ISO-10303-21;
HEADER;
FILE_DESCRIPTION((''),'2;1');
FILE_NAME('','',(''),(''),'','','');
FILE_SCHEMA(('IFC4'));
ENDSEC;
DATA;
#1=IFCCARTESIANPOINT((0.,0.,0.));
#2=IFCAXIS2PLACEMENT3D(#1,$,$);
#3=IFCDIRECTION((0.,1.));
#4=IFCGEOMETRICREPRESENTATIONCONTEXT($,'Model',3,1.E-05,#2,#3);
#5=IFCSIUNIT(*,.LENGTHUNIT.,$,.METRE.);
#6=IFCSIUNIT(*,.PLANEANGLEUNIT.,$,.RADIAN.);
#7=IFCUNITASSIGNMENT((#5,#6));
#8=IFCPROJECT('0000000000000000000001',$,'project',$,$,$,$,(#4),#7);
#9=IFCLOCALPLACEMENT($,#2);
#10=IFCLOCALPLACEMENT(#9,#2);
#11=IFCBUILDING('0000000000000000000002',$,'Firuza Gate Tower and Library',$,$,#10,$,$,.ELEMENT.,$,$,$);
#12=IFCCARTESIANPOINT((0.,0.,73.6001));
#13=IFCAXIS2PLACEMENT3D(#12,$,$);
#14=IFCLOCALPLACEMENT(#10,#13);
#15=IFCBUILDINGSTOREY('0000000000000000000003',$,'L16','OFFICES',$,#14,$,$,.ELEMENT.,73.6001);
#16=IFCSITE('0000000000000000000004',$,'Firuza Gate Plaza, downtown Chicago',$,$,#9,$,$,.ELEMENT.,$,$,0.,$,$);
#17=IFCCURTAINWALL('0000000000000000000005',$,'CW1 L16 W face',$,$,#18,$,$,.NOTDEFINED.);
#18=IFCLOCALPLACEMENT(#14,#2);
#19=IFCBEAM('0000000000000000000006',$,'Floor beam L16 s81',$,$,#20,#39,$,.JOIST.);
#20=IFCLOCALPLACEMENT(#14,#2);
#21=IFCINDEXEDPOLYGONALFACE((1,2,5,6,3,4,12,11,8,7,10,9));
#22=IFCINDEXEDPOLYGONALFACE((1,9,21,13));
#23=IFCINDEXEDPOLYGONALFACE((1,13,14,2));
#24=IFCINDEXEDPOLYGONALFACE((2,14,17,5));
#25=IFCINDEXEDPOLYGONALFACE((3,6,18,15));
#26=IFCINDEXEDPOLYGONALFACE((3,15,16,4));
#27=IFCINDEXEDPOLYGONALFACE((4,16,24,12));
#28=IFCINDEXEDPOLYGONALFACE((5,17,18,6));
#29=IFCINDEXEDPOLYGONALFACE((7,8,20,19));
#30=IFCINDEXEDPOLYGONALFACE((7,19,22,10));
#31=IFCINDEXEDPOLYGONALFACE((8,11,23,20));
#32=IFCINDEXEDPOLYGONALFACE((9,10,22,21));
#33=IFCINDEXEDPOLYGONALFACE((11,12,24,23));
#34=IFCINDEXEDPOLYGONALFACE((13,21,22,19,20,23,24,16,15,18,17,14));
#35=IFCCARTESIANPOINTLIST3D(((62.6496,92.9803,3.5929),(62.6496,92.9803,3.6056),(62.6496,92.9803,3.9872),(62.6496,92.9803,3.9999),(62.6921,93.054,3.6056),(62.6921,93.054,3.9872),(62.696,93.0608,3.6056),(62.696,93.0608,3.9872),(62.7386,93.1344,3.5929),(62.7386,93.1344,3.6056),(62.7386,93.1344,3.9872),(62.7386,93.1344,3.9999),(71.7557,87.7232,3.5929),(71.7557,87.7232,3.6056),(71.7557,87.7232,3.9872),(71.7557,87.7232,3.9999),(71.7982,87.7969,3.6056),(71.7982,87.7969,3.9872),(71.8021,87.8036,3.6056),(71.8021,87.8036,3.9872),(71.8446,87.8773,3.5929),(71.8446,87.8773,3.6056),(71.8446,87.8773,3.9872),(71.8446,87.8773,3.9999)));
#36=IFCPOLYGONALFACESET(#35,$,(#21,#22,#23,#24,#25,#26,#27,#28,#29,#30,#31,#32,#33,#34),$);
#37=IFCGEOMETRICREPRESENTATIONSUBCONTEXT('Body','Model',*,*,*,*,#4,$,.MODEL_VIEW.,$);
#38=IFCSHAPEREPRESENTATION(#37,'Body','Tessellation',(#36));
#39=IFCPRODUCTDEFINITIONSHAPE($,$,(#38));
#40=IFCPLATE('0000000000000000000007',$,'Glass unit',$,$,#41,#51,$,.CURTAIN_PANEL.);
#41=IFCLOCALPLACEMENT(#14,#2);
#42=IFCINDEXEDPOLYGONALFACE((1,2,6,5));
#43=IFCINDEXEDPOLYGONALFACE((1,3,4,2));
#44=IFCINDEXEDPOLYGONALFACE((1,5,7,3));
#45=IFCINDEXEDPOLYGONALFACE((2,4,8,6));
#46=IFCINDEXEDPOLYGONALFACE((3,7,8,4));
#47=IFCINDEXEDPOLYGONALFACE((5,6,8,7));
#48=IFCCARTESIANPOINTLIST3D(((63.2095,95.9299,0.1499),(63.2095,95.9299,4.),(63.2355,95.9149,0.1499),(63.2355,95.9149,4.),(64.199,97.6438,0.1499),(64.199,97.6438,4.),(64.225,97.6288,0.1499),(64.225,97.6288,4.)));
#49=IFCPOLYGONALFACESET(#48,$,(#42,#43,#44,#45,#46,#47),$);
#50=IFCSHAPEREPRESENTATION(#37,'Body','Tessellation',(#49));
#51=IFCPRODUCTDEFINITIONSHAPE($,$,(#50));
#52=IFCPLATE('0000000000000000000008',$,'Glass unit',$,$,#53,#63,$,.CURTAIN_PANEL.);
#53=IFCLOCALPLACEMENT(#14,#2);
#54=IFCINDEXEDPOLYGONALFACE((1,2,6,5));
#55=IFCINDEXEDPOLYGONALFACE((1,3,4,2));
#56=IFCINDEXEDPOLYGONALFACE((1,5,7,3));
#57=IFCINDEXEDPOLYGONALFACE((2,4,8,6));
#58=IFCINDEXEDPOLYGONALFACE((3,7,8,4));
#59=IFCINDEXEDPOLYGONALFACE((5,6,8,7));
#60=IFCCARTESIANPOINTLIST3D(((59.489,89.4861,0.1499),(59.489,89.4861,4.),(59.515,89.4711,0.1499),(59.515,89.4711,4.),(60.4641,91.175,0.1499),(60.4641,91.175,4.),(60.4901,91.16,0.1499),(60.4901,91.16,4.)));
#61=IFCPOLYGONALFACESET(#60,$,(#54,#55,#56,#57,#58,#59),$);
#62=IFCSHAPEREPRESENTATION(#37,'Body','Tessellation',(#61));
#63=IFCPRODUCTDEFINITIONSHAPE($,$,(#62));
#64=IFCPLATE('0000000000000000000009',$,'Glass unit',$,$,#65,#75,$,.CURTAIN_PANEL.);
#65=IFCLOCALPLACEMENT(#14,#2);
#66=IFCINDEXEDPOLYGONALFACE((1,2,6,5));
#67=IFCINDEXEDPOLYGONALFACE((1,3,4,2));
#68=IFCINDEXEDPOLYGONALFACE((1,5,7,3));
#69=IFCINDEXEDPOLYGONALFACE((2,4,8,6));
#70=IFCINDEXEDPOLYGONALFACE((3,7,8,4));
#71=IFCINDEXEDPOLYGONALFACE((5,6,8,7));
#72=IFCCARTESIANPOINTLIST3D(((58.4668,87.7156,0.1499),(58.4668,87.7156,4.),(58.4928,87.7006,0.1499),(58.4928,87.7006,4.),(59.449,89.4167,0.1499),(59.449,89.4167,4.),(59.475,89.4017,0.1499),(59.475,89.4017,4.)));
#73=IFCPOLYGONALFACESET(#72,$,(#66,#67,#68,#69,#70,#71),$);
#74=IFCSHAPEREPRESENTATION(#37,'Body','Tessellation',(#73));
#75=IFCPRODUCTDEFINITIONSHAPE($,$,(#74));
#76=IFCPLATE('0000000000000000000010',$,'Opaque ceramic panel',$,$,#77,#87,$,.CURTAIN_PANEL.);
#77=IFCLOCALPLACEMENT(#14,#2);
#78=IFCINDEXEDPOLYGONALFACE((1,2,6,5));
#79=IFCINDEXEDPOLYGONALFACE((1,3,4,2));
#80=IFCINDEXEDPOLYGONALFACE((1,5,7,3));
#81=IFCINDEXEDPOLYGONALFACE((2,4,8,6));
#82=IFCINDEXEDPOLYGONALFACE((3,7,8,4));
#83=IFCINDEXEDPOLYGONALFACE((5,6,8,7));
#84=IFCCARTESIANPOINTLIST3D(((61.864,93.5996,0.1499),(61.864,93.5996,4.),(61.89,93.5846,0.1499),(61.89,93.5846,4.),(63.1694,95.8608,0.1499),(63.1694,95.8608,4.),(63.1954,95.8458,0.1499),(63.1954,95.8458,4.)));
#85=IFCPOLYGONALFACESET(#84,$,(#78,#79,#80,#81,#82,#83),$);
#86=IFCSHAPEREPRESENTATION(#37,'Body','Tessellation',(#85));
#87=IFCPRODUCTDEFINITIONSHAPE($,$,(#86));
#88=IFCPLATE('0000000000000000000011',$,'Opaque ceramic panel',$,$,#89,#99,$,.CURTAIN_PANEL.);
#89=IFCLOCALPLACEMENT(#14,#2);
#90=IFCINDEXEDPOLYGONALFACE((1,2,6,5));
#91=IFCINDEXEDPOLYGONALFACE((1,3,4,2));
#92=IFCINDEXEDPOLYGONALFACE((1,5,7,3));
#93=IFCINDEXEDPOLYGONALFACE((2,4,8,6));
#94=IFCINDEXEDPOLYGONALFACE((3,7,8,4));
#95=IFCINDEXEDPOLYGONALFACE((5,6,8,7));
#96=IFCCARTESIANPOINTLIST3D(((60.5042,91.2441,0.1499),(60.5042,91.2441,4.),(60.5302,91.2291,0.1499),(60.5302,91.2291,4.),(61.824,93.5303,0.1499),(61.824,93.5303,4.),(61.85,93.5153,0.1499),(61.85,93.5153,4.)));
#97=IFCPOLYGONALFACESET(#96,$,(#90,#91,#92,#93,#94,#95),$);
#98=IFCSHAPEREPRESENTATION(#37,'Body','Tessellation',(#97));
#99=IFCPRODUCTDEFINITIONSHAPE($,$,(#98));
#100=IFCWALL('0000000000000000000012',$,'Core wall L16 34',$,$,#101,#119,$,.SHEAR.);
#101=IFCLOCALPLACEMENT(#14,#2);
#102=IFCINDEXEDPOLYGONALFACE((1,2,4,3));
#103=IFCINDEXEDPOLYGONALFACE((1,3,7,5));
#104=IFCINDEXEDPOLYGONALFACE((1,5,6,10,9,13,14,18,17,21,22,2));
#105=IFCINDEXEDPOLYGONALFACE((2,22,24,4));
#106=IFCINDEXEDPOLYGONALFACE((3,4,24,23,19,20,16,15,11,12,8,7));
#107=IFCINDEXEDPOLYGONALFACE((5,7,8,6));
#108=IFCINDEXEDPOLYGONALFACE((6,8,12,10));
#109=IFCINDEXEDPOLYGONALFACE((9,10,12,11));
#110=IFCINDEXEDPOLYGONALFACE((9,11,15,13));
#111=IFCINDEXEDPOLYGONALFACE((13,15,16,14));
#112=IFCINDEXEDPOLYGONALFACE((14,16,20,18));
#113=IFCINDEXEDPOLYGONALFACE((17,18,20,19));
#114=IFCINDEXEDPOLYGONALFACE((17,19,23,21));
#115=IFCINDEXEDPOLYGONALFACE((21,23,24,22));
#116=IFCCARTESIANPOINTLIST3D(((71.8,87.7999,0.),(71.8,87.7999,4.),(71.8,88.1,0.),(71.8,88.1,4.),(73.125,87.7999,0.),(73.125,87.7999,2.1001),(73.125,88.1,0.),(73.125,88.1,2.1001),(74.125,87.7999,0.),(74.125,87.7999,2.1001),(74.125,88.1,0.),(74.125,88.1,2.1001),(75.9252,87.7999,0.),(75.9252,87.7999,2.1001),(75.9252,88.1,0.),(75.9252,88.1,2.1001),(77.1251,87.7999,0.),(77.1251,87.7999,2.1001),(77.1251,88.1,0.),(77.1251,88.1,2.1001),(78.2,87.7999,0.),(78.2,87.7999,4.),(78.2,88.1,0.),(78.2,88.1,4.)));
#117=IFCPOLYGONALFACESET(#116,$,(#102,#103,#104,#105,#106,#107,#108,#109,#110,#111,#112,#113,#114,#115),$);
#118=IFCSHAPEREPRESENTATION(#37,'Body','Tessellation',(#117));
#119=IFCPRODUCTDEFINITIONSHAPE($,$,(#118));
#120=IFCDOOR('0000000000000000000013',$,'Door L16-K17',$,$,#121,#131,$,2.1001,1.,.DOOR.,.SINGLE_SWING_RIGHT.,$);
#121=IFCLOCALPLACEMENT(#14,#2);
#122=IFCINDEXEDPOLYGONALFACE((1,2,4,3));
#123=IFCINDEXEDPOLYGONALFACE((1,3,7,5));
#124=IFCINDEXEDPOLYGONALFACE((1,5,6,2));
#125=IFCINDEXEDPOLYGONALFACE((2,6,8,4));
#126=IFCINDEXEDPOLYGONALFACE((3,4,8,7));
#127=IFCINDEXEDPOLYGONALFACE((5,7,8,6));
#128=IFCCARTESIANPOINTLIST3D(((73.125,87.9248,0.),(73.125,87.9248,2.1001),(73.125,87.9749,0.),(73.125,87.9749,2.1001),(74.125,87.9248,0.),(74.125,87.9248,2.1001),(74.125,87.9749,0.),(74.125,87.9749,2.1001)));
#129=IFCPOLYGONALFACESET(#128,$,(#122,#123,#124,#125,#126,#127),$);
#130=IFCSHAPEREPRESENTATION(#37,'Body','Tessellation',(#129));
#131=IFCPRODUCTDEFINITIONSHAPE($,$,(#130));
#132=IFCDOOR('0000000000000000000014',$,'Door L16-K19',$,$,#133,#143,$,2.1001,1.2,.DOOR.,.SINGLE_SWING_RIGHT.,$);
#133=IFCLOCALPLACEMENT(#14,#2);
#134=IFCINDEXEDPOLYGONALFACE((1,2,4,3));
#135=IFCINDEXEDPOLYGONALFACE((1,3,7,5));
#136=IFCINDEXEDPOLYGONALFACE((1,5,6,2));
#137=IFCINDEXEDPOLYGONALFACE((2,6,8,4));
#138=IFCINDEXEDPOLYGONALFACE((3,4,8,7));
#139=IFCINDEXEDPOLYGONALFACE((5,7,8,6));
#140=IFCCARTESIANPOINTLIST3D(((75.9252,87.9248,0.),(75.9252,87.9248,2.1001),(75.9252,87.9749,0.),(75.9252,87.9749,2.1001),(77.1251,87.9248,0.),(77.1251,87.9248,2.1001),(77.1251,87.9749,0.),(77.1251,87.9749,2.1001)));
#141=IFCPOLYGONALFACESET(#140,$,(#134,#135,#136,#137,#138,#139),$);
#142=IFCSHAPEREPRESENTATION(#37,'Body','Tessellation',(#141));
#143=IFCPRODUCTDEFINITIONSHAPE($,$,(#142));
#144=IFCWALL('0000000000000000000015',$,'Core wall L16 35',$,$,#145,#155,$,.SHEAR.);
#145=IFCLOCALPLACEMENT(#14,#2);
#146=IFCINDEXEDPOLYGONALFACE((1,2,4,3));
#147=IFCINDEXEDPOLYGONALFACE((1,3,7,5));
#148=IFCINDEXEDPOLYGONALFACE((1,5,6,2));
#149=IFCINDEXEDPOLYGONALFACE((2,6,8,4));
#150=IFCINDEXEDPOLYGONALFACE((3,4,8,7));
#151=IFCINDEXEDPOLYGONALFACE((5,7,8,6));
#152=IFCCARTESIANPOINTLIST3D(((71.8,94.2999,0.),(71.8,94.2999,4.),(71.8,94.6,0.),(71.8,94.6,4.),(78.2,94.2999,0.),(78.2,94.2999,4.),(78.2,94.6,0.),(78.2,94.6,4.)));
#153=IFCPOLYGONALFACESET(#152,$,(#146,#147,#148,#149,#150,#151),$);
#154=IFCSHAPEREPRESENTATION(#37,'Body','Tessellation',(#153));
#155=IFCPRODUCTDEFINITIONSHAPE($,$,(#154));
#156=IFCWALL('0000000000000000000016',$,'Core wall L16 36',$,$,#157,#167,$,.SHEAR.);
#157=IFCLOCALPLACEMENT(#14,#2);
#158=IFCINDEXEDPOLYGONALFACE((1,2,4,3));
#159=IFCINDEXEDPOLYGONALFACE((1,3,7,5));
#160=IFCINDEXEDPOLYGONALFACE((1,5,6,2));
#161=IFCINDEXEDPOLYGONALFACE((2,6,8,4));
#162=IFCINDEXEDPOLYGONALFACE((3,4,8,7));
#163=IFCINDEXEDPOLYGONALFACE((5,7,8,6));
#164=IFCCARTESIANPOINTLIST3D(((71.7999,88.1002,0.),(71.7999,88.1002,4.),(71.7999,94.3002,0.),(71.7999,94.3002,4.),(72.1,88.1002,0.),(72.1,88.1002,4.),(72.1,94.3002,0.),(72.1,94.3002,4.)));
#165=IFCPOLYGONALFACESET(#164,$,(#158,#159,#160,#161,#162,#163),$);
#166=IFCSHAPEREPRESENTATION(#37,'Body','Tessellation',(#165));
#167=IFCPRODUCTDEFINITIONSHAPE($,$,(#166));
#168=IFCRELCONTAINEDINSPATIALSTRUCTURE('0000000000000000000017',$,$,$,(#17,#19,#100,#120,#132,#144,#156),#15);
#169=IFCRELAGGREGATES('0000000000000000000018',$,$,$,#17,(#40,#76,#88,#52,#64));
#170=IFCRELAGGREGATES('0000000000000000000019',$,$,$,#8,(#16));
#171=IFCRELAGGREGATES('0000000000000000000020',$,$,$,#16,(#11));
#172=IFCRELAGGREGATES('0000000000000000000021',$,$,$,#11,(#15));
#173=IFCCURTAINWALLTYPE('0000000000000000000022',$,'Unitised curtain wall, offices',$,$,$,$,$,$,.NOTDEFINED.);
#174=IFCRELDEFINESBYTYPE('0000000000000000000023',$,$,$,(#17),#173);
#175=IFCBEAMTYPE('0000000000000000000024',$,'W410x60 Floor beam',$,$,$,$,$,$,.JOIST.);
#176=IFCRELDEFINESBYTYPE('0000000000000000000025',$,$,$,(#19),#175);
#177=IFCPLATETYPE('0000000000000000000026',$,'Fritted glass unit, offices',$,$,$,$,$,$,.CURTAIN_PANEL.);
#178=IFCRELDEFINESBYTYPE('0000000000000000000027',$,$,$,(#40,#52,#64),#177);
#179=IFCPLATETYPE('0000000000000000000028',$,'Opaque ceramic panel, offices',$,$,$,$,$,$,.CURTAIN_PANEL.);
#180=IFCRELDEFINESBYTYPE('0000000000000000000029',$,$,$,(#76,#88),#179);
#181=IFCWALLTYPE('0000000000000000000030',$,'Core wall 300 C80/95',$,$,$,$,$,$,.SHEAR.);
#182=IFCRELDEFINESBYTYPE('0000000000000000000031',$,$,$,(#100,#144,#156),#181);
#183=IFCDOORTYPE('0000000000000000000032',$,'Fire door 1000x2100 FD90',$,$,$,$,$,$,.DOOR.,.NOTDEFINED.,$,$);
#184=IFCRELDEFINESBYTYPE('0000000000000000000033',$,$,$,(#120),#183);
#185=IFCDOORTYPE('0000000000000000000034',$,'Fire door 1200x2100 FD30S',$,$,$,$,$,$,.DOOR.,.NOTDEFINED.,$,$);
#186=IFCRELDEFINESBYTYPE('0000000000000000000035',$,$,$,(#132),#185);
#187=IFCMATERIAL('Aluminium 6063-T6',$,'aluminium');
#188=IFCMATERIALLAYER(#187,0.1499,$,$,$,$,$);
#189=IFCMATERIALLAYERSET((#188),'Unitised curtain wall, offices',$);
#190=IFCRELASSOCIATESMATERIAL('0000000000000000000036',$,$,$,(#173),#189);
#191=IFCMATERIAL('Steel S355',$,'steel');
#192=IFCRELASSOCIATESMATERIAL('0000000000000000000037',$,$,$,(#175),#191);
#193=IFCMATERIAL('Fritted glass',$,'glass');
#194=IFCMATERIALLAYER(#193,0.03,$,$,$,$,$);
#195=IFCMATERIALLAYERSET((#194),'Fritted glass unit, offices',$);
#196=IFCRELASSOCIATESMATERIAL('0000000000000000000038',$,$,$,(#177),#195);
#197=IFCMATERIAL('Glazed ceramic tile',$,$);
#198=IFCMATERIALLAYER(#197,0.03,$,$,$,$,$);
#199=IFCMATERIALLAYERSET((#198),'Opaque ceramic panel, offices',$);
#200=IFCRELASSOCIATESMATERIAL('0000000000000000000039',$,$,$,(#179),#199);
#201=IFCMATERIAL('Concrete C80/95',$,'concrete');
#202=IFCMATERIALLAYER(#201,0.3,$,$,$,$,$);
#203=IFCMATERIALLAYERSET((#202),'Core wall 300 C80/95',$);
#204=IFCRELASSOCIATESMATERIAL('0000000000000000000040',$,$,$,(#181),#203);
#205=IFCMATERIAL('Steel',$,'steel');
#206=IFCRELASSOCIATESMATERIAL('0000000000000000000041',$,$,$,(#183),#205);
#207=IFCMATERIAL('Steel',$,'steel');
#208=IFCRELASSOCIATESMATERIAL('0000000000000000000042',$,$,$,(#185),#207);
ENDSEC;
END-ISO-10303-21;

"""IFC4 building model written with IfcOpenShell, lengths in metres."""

from ifc_helpers import new_model, si_unit, direction, frame, frame_2d, origin, origin_2d, place, context, subcontext, project, spatial, polyline, rectangle, i_section, outline, extrude, material, layer, layer_set, material_profile, profile_set, type_object, element, fill, aggregate, save


model = new_model("IFC4")

# Units and contexts
model_context = context("Model", 3, precision=1e-05, world=origin(), true_north=direction((0.0, 1.0)))
body_context = subcontext(model_context, "Body", "Model", "MODEL_VIEW")
ifc_project = project(units=[si_unit("LENGTHUNIT", "METRE"), si_unit("PLANEANGLEUNIT", "RADIAN")], contexts=[model_context])

# Site, building, storey
site_placement = place(None, origin())
site = spatial("IfcSite", under=ifc_project, at=site_placement, Name="Firuza Gate Plaza, downtown Chicago", CompositionType="ELEMENT", RefElevation=0.0)
building_placement = place(site_placement, origin())
building = spatial("IfcBuilding", under=site, at=building_placement, Name="Firuza Gate Tower and Library", CompositionType="ELEMENT")
storey_placement = place(building_placement, frame((0.0, 0.0, 73.6001)))
storey = spatial("IfcBuildingStorey", under=building, at=storey_placement, Name="L16", Description="OFFICES", CompositionType="ELEMENT", Elevation=73.6001)

# Curtain wall
ifc_material_1 = material(Name="Aluminium 6063-T6", Category="aluminium")
ifc_layer_1 = layer(ifc_material_1, 0.1499)
ifc_layer_set_1 = layer_set([ifc_layer_1], Name="Unitised curtain wall, offices")
curtain_wall_type = type_object("IfcCurtainWallType", Name="Unitised curtain wall, offices", PredefinedType="NOTDEFINED", material=ifc_layer_set_1)
placement = place(storey_placement, origin())
curtain_wall = element("IfcCurtainWall", 1, at=placement, inside=storey, type_object=curtain_wall_type, Name="CW1 L16 W face", PredefinedType="NOTDEFINED")

# Beam
ifc_material_2 = material(Name="Steel S355", Category="steel")
ifc_material_profile_1 = material_profile(ifc_material_2, i_section(OverallWidth=0.178, OverallDepth=0.407, WebThickness=0.0078, FlangeThickness=0.0127, at=origin_2d()))
ifc_profile_set_1 = profile_set([ifc_material_profile_1], Name="Steel S355")
beam_type_1 = type_object("IfcBeamType", Name="W410x60 Floor beam", PredefinedType="JOIST", material=ifc_profile_set_1)
beam_1_placement = place(storey_placement, frame((62.6941, 93.0574, 3.7964), z_axis=(0.866036, -0.499982, 0.0), x_axis=(0.499982, 0.866036, 0.0)))
element("IfcBeam", 2, at=beam_1_placement, inside=storey, type_object=beam_type_1, Name="Floor beam L16 s81", PredefinedType="JOIST", context=body_context, shape_type="SweptSolid", body=[
    extrude(i_section(OverallWidth=0.178, OverallDepth=0.407, WebThickness=0.0078, FlangeThickness=0.0127, at=origin_2d()), origin(), (0.0, 0.0, 1.0), 10.5146),
])

# Plates
ifc_material_3 = material(Name="Fritted glass", Category="glass")
ifc_layer_2 = layer(ifc_material_3, 0.03)
ifc_layer_set_2 = layer_set([ifc_layer_2], Name="Fritted glass unit, offices")
plate_type_1 = type_object("IfcPlateType", Name="Fritted glass unit, offices", PredefinedType="CURTAIN_PANEL", material=ifc_layer_set_2)
plate_1_placement = place(storey_placement, frame((64.199, 97.6438, 0.1499), z_axis=(-0.866025, 0.5, 0.0), x_axis=(-0.5, -0.866025, 0.0)))
plate_1 = element("IfcPlate", 3, at=plate_1_placement, type_object=plate_type_1, Name="Glass unit", PredefinedType="CURTAIN_PANEL", context=body_context, shape_type="SweptSolid", body=[
    extrude(outline(polyline([(0.0, 0.0), (1.979, 0.0), (1.979, 3.8501), (0.0, 3.8501), (0.0, 0.0)])), origin(), (0.0, 0.0, -1.0), 0.03),
])
plate_2_placement = place(storey_placement, frame((60.4641, 91.175, 0.1499), z_axis=(-0.866031, 0.49999, 0.0), x_axis=(-0.49999, -0.866031, 0.0)))
plate_2 = element("IfcPlate", 4, at=plate_2_placement, type_object=plate_type_1, Name="Glass unit", PredefinedType="CURTAIN_PANEL", context=body_context, shape_type="SweptSolid", body=[
    extrude(outline(polyline([(0.0, 0.0), (1.9502, 0.0), (1.9502, 3.8501), (0.0, 3.8501), (0.0, 0.0)])), origin(), (0.0, 0.0, -1.0), 0.03),
])
plate_3_placement = place(storey_placement, frame((59.449, 89.4167, 0.1499), z_axis=(-0.866024, 0.500002, 0.0), x_axis=(-0.500002, -0.866024, 0.0)))
plate_3 = element("IfcPlate", 5, at=plate_3_placement, type_object=plate_type_1, Name="Glass unit", PredefinedType="CURTAIN_PANEL", context=body_context, shape_type="SweptSolid", body=[
    extrude(outline(polyline([(0.0, 0.0), (1.9643, 0.0), (1.9643, 3.8501), (0.0, 3.8501), (0.0, 0.0)])), origin(), (0.0, 0.0, -1.0), 0.03),
])
ifc_material_4 = material(Name="Glazed ceramic tile")
ifc_layer_3 = layer(ifc_material_4, 0.03)
ifc_layer_set_3 = layer_set([ifc_layer_3], Name="Opaque ceramic panel, offices")
plate_type_2 = type_object("IfcPlateType", Name="Opaque ceramic panel, offices", PredefinedType="CURTAIN_PANEL", material=ifc_layer_set_3)
plate_4_placement = place(storey_placement, frame((63.1694, 95.8608, 0.1499), z_axis=(-0.866042, 0.499971, 0.0), x_axis=(-0.499971, -0.866042, 0.0)))
plate_4 = element("IfcPlate", 6, at=plate_4_placement, type_object=plate_type_2, Name="Opaque ceramic panel", PredefinedType="CURTAIN_PANEL", context=body_context, shape_type="SweptSolid", body=[
    extrude(outline(polyline([(0.0, 0.0), (2.611, 0.0), (2.611, 3.8501), (0.0, 3.8501), (0.0, 0.0)])), origin(), (0.0, 0.0, -1.0), 0.03),
])
plate_5_placement = place(storey_placement, frame((61.824, 93.5303, 0.1499), z_axis=(-0.866038, 0.499979, 0.0), x_axis=(-0.499979, -0.866038, 0.0)))
plate_5 = element("IfcPlate", 7, at=plate_5_placement, type_object=plate_type_2, Name="Opaque ceramic panel", PredefinedType="CURTAIN_PANEL", context=body_context, shape_type="SweptSolid", body=[
    extrude(outline(polyline([(0.0, 0.0), (2.6398, 0.0), (2.6398, 3.8501), (0.0, 3.8501), (0.0, 0.0)])), origin(), (0.0, 0.0, -1.0), 0.03),
])
aggregate(curtain_wall, [plate_1, plate_4, plate_5, plate_2, plate_3])

# Wall, openings, doors
ifc_material_5 = material(Name="Concrete C80/95", Category="concrete")
ifc_layer_4 = layer(ifc_material_5, 0.3)
ifc_layer_set_4 = layer_set([ifc_layer_4], Name="Core wall 300 C80/95")
wall_type_1 = type_object("IfcWallType", Name="Core wall 300 C80/95", PredefinedType="SHEAR", material=ifc_layer_set_4)
wall_1_placement = place(storey_placement, frame((71.8, 87.95, 0.0), z_axis=(0.0, 0.0, 1.0), x_axis=(1.0, 0.0, 0.0)))
wall_1 = element("IfcWall", 8, at=wall_1_placement, inside=storey, type_object=wall_type_1, Name="Core wall L16 34", PredefinedType="SHEAR", context=body_context, shape_type="SweptSolid", body=[
    extrude(rectangle(XDim=6.3999, YDim=0.3, at=frame_2d((3.2, 0.0))), origin(), (0.0, 0.0, 1.0), 4.0),
])
opening_1_placement = place(wall_1_placement, frame((1.325, 0.0, 0.0)))
opening_1 = element("IfcOpeningElement", 9, at=opening_1_placement, cuts=wall_1, PredefinedType="OPENING", context=body_context, shape_type="SweptSolid", body=[
    extrude(rectangle(XDim=1.0, YDim=2.1001, at=frame_2d((0.5, 1.05))), frame((0.0, 0.1602, 0.0), z_axis=(0.0, -1.0, 0.0), x_axis=(1.0, 0.0, 0.0)), (0.0, 0.0, 1.0), 0.3201),
])
opening_2_placement = place(wall_1_placement, frame((4.125, 0.0, 0.0)))
opening_2 = element("IfcOpeningElement", 10, at=opening_2_placement, cuts=wall_1, PredefinedType="OPENING", context=body_context, shape_type="SweptSolid", body=[
    extrude(rectangle(XDim=1.2, YDim=2.1001, at=frame_2d((0.6001, 1.05))), frame((0.0, 0.1602, 0.0), z_axis=(0.0, -1.0, 0.0), x_axis=(1.0, 0.0, 0.0)), (0.0, 0.0, 1.0), 0.3201),
])
ifc_material_6 = material(Name="Steel", Category="steel")
door_type_1 = type_object("IfcDoorType", Name="Fire door 1000x2100 FD90", OperationType="NOTDEFINED", PredefinedType="DOOR", material=ifc_material_6)
door_1_placement = place(opening_1_placement, origin())
door_1 = element("IfcDoor", 11, at=door_1_placement, inside=storey, type_object=door_type_1, Name="Door L16-K17", OperationType="SINGLE_SWING_RIGHT", OverallHeight=2.1001, OverallWidth=1.0, PredefinedType="DOOR", context=body_context, shape_type="SweptSolid", body=[
    extrude(rectangle(XDim=1.0, YDim=2.1001, at=frame_2d((0.5, 1.05))), frame((0.0, 0.0249, 0.0), z_axis=(0.0, -1.0, 0.0), x_axis=(1.0, 0.0, 0.0)), (0.0, 0.0, 1.0), 0.05),
])
fill(opening_1, door_1)
ifc_material_7 = material(Name="Steel", Category="steel")
door_type_2 = type_object("IfcDoorType", Name="Fire door 1200x2100 FD30S", OperationType="NOTDEFINED", PredefinedType="DOOR", material=ifc_material_7)
door_2_placement = place(opening_2_placement, origin())
door_2 = element("IfcDoor", 12, at=door_2_placement, inside=storey, type_object=door_type_2, Name="Door L16-K19", OperationType="SINGLE_SWING_RIGHT", OverallHeight=2.1001, OverallWidth=1.2, PredefinedType="DOOR", context=body_context, shape_type="SweptSolid", body=[
    extrude(rectangle(XDim=1.2, YDim=2.1001, at=frame_2d((0.6001, 1.05))), frame((0.0, 0.0249, 0.0), z_axis=(0.0, -1.0, 0.0), x_axis=(1.0, 0.0, 0.0)), (0.0, 0.0, 1.0), 0.05),
])
fill(opening_2, door_2)

# Walls
wall_2_placement = place(storey_placement, frame((71.8, 94.45, 0.0), z_axis=(0.0, 0.0, 1.0), x_axis=(1.0, 0.0, 0.0)))
element("IfcWall", 13, at=wall_2_placement, inside=storey, type_object=wall_type_1, Name="Core wall L16 35", PredefinedType="SHEAR", context=body_context, shape_type="SweptSolid", body=[
    extrude(rectangle(XDim=6.3999, YDim=0.3, at=frame_2d((3.2, 0.0))), origin(), (0.0, 0.0, 1.0), 4.0),
])
wall_3_placement = place(storey_placement, frame((71.95, 88.1001, 0.0), z_axis=(0.0, 0.0, 1.0), x_axis=(0.0, 1.0, 0.0)))
element("IfcWall", 14, at=wall_3_placement, inside=storey, type_object=wall_type_1, Name="Core wall L16 36", PredefinedType="SHEAR", context=body_context, shape_type="SweptSolid", body=[
    extrude(rectangle(XDim=6.2, YDim=0.3, at=frame_2d((3.1001, 0.0))), origin(), (0.0, 0.0, 1.0), 4.0),
])

save(model, "model.ifc")
